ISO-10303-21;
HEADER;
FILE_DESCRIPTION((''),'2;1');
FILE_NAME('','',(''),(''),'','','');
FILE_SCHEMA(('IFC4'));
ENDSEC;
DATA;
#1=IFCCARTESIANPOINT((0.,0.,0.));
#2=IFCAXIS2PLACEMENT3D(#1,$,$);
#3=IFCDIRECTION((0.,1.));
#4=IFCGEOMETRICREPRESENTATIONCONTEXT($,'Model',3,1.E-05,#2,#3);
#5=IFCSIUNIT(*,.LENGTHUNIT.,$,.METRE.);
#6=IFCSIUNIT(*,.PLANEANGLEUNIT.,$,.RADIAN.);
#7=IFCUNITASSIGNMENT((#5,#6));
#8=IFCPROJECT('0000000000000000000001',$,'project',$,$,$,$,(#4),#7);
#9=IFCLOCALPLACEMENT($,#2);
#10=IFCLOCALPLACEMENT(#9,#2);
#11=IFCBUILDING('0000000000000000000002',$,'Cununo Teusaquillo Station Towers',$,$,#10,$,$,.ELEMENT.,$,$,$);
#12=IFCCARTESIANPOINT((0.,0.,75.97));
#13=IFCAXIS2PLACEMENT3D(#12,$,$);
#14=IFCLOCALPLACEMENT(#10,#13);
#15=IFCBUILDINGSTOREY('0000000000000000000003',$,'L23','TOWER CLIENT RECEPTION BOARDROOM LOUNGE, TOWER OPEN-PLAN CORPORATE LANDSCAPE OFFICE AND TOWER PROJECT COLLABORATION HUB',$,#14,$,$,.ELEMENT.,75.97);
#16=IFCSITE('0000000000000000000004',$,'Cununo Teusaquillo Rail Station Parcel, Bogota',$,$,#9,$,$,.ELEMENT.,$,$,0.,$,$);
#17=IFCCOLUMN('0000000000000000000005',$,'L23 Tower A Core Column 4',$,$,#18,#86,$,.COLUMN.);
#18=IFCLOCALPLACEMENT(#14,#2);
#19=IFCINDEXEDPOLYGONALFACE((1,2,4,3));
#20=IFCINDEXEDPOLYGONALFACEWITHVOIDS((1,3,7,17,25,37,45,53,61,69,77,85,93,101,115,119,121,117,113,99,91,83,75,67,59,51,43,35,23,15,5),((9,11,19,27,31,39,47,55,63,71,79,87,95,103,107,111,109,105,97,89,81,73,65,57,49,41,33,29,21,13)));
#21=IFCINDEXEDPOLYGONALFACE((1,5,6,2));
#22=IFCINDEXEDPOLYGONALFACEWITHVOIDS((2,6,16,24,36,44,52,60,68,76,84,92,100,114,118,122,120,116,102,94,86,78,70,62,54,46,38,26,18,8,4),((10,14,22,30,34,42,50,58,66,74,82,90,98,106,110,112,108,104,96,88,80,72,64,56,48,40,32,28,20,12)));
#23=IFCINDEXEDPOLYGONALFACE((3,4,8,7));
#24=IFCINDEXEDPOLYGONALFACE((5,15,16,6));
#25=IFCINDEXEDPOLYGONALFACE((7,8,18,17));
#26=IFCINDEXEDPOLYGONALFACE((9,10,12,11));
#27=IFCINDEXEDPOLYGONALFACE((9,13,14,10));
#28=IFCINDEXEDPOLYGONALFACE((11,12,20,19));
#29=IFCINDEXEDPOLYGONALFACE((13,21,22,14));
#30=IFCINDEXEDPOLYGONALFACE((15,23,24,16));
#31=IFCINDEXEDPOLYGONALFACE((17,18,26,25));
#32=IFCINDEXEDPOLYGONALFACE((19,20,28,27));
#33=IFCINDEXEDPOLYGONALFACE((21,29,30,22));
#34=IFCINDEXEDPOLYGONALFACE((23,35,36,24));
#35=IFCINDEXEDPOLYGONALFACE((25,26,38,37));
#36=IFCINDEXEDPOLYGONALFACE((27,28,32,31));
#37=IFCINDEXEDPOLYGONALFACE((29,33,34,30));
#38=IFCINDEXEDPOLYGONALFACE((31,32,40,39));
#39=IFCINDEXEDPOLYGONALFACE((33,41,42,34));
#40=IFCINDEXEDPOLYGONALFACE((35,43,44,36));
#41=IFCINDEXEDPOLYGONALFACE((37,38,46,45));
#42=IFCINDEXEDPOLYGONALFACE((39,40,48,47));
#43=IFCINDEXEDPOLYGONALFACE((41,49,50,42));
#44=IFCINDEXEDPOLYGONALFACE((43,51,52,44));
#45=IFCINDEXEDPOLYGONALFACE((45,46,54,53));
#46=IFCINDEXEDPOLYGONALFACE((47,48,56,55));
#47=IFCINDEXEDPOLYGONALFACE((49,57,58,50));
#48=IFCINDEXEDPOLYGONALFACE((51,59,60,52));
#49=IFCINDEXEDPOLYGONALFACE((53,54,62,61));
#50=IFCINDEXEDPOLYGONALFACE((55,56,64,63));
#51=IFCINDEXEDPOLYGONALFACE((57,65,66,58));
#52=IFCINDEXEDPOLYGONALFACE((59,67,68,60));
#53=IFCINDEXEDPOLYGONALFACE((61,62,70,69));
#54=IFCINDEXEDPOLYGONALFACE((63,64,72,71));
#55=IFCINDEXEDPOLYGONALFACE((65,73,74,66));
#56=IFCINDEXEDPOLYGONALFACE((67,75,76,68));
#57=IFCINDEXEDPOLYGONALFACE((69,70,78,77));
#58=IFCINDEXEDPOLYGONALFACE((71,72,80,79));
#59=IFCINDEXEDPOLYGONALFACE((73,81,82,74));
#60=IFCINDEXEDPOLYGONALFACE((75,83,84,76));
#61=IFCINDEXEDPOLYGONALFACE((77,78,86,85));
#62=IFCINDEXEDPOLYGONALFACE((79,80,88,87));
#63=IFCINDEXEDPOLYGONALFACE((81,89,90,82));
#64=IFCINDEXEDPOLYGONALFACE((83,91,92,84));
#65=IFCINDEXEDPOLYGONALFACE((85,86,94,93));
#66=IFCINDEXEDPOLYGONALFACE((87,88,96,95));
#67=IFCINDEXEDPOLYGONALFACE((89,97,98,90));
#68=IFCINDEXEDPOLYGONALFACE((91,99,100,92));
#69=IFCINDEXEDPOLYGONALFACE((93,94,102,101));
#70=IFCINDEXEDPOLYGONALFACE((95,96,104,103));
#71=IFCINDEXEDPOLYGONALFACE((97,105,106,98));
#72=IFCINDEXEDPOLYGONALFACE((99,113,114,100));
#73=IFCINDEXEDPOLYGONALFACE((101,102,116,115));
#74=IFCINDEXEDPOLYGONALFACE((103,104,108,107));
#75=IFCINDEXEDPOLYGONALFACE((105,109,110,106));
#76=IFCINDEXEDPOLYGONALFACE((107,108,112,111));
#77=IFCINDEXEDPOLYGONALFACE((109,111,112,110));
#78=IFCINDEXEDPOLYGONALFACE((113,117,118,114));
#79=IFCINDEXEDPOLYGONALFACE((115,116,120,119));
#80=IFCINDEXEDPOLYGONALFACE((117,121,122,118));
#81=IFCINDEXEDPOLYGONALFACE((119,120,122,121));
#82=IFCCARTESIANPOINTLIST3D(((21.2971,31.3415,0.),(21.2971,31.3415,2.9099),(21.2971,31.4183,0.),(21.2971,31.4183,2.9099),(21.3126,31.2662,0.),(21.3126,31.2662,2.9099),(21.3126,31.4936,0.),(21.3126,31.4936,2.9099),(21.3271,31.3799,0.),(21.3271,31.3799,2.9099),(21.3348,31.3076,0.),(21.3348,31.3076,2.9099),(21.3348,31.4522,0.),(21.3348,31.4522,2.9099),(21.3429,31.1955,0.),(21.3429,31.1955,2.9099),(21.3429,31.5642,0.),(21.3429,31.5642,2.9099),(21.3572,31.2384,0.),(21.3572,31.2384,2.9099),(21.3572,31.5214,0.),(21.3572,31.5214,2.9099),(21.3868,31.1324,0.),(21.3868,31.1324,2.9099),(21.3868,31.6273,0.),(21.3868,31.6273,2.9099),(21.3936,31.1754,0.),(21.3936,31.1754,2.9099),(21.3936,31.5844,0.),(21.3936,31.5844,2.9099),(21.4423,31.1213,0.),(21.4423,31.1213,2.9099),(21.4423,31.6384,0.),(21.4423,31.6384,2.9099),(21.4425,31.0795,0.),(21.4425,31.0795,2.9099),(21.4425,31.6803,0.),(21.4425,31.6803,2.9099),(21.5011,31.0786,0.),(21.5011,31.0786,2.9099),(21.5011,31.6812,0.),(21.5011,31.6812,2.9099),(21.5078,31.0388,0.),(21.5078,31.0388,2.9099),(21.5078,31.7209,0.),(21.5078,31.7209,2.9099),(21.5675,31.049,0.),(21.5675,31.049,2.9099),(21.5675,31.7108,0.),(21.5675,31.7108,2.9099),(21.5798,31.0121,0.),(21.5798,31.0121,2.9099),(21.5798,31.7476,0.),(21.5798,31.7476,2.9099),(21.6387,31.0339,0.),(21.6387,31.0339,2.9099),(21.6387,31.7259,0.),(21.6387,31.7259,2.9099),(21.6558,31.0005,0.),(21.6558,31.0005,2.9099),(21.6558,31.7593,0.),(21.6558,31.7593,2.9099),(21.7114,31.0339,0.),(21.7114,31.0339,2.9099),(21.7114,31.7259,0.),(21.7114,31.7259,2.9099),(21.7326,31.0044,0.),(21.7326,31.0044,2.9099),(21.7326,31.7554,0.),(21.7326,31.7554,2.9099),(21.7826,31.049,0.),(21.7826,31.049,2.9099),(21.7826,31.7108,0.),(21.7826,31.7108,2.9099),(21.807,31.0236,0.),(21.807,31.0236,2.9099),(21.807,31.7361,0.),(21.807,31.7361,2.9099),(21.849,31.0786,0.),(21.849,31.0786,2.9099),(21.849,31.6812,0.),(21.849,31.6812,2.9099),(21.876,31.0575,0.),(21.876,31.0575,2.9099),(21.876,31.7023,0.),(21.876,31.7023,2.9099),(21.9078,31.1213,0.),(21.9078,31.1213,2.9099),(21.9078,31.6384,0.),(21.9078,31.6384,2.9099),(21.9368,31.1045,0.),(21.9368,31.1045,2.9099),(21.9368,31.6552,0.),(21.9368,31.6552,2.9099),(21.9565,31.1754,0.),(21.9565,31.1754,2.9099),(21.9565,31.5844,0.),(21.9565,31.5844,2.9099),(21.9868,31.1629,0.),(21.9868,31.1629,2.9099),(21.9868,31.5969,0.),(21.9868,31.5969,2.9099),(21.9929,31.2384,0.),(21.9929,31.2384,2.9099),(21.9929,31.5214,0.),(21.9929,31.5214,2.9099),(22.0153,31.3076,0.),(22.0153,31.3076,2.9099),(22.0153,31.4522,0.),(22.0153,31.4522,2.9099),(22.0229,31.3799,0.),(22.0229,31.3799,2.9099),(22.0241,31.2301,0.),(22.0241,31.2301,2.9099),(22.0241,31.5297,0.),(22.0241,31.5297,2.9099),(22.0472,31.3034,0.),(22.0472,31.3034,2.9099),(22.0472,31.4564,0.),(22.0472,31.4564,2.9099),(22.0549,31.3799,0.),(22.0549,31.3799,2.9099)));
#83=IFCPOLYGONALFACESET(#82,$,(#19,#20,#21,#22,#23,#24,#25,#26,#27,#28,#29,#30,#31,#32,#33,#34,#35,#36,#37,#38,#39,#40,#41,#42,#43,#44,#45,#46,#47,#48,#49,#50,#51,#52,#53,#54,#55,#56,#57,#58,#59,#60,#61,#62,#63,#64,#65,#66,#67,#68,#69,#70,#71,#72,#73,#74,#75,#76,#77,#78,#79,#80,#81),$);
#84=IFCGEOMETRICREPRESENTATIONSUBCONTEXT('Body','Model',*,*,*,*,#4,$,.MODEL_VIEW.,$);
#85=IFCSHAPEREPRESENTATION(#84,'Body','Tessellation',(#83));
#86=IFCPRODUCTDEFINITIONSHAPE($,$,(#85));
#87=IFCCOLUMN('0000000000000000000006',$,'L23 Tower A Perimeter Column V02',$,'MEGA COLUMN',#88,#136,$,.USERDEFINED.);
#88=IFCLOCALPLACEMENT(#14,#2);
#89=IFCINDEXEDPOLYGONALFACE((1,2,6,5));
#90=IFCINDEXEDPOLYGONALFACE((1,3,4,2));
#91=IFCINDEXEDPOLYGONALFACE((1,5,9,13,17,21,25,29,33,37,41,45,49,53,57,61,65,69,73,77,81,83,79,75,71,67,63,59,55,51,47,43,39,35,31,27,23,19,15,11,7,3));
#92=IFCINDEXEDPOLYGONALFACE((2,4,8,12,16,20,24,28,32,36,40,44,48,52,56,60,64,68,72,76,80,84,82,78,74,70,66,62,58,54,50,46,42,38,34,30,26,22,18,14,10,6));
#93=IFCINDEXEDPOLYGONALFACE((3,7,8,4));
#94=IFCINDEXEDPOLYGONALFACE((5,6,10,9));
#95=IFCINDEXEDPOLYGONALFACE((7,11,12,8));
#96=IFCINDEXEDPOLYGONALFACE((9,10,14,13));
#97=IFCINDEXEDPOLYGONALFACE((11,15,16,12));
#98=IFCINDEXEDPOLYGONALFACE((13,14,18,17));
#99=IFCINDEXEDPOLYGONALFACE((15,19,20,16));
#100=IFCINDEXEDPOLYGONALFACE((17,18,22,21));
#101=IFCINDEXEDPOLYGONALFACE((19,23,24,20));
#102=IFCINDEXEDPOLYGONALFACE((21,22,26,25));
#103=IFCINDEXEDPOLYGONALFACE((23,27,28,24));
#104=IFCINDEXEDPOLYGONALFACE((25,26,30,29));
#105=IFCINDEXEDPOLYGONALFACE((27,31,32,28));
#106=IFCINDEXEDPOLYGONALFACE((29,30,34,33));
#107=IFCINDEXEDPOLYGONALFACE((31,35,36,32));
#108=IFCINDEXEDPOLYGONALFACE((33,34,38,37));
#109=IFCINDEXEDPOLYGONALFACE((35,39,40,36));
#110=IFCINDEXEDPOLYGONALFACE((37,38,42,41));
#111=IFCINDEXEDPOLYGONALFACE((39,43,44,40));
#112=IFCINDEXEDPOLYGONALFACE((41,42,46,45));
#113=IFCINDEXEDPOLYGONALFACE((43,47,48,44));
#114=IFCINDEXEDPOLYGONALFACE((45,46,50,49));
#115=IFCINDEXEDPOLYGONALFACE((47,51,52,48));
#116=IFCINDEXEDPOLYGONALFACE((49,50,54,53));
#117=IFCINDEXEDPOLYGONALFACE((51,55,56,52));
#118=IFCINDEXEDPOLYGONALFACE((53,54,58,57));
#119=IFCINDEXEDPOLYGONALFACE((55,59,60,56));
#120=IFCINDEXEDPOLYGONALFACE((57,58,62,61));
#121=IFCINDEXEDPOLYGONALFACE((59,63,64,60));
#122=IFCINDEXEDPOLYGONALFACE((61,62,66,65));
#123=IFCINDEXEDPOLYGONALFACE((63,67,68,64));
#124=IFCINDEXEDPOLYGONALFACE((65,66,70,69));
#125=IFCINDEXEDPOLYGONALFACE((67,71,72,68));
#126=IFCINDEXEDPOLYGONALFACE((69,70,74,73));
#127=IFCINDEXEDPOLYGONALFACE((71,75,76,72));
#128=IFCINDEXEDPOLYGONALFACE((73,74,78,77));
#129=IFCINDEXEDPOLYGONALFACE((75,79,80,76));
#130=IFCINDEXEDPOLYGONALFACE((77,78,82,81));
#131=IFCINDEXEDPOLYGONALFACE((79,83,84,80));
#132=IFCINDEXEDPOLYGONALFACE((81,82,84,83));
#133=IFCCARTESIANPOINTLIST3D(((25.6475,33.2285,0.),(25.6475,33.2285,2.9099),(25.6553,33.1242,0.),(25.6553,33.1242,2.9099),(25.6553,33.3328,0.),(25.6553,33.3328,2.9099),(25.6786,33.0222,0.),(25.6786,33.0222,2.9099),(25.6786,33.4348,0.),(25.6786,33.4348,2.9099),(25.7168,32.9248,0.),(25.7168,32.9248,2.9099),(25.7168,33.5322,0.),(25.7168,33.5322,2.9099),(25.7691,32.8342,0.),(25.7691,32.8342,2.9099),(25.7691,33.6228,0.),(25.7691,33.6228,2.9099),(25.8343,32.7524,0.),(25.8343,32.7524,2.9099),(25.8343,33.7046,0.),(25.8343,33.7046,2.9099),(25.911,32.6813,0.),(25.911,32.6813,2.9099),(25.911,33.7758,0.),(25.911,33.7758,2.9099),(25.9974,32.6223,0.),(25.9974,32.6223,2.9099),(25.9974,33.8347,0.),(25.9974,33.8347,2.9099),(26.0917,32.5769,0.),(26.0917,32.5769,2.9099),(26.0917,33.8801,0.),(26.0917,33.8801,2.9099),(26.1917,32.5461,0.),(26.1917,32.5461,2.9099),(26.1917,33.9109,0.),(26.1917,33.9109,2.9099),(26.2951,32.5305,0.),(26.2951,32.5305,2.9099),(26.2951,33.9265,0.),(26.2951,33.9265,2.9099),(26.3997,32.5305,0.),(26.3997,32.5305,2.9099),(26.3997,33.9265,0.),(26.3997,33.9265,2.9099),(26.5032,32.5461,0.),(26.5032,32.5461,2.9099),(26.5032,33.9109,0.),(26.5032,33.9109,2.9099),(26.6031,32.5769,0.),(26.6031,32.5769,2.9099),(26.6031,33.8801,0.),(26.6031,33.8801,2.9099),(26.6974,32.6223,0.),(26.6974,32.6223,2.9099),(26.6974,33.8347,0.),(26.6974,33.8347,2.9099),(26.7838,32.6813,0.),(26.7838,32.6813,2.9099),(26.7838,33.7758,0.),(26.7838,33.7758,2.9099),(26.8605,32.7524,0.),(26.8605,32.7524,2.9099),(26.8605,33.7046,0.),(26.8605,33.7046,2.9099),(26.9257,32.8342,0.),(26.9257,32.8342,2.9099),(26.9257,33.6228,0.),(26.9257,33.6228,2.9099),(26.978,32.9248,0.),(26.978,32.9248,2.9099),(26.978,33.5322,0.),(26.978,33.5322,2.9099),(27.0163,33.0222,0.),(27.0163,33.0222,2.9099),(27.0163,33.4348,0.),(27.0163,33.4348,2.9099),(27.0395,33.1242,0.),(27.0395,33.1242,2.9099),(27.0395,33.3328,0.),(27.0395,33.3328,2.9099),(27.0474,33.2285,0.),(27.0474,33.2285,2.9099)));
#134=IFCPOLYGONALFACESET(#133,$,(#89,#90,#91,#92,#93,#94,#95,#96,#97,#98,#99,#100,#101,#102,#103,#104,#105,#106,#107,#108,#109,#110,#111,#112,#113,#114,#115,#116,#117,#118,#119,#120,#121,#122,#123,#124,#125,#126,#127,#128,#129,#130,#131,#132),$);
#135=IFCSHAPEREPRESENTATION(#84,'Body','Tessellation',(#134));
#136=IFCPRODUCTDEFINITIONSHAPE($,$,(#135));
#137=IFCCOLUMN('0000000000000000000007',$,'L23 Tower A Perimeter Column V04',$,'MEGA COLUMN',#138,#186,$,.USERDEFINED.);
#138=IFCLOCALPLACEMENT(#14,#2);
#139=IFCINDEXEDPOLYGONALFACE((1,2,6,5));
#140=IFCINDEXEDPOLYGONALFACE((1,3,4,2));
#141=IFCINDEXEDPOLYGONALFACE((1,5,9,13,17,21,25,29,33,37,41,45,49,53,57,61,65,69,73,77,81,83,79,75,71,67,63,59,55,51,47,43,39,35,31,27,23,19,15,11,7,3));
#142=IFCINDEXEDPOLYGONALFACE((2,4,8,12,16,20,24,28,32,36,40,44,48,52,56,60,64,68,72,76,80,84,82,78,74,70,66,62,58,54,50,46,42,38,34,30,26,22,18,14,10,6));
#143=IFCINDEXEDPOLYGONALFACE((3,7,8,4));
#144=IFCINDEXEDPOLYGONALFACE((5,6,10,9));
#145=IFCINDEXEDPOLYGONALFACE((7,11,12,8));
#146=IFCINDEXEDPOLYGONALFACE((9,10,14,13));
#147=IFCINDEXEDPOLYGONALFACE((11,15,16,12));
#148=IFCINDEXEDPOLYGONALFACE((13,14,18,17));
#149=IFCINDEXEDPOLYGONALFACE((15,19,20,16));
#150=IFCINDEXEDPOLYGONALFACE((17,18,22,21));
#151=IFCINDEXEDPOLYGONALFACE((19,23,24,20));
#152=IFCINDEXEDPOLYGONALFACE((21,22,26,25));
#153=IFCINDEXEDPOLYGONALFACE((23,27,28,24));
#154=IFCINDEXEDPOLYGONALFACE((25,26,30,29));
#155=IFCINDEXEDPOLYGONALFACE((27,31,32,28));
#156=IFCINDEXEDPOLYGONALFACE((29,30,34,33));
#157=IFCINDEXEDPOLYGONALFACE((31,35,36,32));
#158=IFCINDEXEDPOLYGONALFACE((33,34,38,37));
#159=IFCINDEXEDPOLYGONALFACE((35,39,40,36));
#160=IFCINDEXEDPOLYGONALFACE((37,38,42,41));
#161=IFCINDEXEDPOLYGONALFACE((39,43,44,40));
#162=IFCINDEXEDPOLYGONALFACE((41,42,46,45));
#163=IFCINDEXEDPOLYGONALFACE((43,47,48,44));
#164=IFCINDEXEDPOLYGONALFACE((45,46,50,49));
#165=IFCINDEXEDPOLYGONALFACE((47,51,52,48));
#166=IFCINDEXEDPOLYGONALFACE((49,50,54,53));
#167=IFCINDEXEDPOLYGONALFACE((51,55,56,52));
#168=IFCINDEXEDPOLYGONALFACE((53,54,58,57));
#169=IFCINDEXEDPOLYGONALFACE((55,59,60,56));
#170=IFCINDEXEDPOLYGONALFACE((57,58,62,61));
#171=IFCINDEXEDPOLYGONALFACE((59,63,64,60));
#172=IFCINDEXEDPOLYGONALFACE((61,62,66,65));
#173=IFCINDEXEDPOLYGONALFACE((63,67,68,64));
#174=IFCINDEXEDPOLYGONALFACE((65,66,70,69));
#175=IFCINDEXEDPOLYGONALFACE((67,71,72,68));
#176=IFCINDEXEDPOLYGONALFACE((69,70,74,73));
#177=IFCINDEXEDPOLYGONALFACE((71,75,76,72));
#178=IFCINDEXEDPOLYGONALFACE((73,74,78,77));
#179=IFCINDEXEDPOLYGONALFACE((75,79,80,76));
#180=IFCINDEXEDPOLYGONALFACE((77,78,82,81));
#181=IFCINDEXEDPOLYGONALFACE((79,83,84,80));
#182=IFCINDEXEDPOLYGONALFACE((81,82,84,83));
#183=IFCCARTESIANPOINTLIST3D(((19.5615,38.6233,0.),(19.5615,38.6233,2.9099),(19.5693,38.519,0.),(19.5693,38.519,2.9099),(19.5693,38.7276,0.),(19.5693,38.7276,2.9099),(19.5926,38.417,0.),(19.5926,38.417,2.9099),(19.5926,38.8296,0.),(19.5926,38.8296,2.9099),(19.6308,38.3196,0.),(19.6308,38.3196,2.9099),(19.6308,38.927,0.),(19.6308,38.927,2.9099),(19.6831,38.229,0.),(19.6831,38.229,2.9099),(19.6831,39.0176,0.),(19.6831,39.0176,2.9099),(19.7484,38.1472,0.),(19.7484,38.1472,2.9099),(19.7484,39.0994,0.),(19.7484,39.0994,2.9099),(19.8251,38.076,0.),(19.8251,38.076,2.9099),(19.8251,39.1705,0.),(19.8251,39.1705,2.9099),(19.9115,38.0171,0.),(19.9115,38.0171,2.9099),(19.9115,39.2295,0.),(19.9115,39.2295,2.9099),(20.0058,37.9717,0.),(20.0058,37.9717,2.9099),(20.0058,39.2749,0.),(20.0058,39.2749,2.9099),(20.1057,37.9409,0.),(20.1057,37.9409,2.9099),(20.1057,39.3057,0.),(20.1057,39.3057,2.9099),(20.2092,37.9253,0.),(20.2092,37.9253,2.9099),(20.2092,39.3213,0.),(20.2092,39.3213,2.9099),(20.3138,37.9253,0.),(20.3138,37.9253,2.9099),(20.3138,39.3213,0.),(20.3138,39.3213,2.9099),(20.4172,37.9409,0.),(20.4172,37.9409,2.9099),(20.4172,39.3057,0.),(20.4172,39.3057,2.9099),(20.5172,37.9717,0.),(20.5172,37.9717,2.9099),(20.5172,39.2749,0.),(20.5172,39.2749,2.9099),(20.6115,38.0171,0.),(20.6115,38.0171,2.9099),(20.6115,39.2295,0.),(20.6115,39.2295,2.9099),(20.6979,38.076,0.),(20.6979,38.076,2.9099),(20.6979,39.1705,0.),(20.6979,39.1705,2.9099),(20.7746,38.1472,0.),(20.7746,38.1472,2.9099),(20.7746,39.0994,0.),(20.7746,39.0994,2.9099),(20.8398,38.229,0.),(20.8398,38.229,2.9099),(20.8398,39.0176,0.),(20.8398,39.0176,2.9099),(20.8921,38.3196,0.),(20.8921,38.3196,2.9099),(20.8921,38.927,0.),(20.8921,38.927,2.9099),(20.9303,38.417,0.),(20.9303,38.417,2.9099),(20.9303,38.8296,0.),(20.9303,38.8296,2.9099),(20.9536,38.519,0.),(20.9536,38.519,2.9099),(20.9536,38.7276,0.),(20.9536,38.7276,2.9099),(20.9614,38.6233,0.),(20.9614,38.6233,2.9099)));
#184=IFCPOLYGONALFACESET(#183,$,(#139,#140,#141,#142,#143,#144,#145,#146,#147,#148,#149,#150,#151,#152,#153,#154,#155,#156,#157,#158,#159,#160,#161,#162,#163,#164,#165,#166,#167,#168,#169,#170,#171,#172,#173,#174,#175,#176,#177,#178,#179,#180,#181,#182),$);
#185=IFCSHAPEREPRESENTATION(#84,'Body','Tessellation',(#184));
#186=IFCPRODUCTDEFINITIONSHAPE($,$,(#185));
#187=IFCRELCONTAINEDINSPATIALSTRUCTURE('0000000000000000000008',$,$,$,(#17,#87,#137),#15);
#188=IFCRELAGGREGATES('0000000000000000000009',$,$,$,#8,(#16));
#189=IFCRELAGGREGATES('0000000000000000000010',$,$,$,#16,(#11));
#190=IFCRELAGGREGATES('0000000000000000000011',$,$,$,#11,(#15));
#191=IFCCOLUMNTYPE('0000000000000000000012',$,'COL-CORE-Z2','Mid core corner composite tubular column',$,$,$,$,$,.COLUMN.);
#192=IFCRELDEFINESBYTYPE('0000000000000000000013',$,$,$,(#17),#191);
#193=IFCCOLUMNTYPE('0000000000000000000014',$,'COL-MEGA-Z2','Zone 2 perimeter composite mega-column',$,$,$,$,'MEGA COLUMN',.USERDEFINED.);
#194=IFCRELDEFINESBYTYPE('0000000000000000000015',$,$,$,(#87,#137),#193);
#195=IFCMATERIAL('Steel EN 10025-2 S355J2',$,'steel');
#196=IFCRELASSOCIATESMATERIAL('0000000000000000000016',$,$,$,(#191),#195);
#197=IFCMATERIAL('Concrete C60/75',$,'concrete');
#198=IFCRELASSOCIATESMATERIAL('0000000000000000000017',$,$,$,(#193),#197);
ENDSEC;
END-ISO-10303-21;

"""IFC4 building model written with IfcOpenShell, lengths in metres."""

from ifc_helpers import new_model, si_unit, direction, frame, origin, origin_2d, place, context, subcontext, project, spatial, circle, hollow_circle, extrude, material, material_profile, profile_set, type_object, element, save


model = new_model("IFC4")

# Units and contexts
model_context = context("Model", 3, precision=1e-05, world=origin(), true_north=direction((0.0, 1.0)))
body_context = subcontext(model_context, "Body", "Model", "MODEL_VIEW")
ifc_project = project(units=[si_unit("LENGTHUNIT", "METRE"), si_unit("PLANEANGLEUNIT", "RADIAN")], contexts=[model_context])

# Site, building, storey
site_placement = place(None, origin())
site = spatial("IfcSite", under=ifc_project, at=site_placement, Name="Cununo Teusaquillo Rail Station Parcel, Bogota", CompositionType="ELEMENT", RefElevation=0.0)
building_placement = place(site_placement, origin())
building = spatial("IfcBuilding", under=site, at=building_placement, Name="Cununo Teusaquillo Station Towers", CompositionType="ELEMENT")
storey_placement = place(building_placement, frame((0.0, 0.0, 75.97)))
storey = spatial("IfcBuildingStorey", under=building, at=storey_placement, Name="L23", Description="TOWER CLIENT RECEPTION BOARDROOM LOUNGE, TOWER OPEN-PLAN CORPORATE LANDSCAPE OFFICE AND TOWER PROJECT COLLABORATION HUB", CompositionType="ELEMENT", Elevation=75.97)

# Columns
ifc_material_1 = material(Name="Steel EN 10025-2 S355J2", Category="steel")
ifc_material_profile_1 = material_profile(ifc_material_1, hollow_circle(Radius=0.3799, WallThickness=0.032, at=origin_2d()), Name="CHS 760x32")
ifc_profile_set_1 = profile_set([ifc_material_profile_1], Name="Steel EN 10025-2 S355J2")
column_type_1 = type_object("IfcColumnType", Name="COL-CORE-Z2", Description="Mid core corner composite tubular column", PredefinedType="COLUMN", material=ifc_profile_set_1)
column_placement = place(storey_placement, frame((21.675, 31.3799, 0.0), z_axis=(0.0, 0.0, 1.0), x_axis=(1.0, 0.0, 0.0)))
element("IfcColumn", 1, at=column_placement, inside=storey, type_object=column_type_1, Name="L23 Tower A Core Column 4", PredefinedType="COLUMN", context=body_context, shape_type="SweptSolid", body=[
    extrude(hollow_circle(Radius=0.3799, WallThickness=0.032, at=origin_2d()), origin(), (0.0, 0.0, 1.0), 2.9099),
])
ifc_material_2 = material(Name="Concrete C60/75", Category="concrete")
ifc_material_profile_2 = material_profile(ifc_material_2, circle(Radius=0.7, at=origin_2d()), Name="RC-CIRC-1400")
ifc_profile_set_2 = profile_set([ifc_material_profile_2], Name="Concrete C60/75")
column_type_2 = type_object("IfcColumnType", Name="COL-MEGA-Z2", Description="Zone 2 perimeter composite mega-column", ElementType="MEGA COLUMN", PredefinedType="USERDEFINED", material=ifc_profile_set_2)
for number, where, z_axis, x_axis, name in (
    (2, (26.3474, 33.2285, 0.0), (0.0, 0.0, 1.0), (1.0, 0.0, 0.0), "L23 Tower A Perimeter Column V02"),
    (3, (20.2615, 38.6233, 0.0), (0.0, 0.0, 1.0), (1.0, 0.0, 0.0), "L23 Tower A Perimeter Column V04"),
):
    element("IfcColumn", number, at=place(storey_placement, frame(where, z_axis=z_axis, x_axis=x_axis)), inside=storey, type_object=column_type_2, Name=name, ObjectType="MEGA COLUMN", PredefinedType="USERDEFINED", context=body_context, shape_type="SweptSolid", body=[
        extrude(circle(Radius=0.7, at=origin_2d()), origin(), (0.0, 0.0, 1.0), 2.9099),
    ])

save(model, "model.ifc")
